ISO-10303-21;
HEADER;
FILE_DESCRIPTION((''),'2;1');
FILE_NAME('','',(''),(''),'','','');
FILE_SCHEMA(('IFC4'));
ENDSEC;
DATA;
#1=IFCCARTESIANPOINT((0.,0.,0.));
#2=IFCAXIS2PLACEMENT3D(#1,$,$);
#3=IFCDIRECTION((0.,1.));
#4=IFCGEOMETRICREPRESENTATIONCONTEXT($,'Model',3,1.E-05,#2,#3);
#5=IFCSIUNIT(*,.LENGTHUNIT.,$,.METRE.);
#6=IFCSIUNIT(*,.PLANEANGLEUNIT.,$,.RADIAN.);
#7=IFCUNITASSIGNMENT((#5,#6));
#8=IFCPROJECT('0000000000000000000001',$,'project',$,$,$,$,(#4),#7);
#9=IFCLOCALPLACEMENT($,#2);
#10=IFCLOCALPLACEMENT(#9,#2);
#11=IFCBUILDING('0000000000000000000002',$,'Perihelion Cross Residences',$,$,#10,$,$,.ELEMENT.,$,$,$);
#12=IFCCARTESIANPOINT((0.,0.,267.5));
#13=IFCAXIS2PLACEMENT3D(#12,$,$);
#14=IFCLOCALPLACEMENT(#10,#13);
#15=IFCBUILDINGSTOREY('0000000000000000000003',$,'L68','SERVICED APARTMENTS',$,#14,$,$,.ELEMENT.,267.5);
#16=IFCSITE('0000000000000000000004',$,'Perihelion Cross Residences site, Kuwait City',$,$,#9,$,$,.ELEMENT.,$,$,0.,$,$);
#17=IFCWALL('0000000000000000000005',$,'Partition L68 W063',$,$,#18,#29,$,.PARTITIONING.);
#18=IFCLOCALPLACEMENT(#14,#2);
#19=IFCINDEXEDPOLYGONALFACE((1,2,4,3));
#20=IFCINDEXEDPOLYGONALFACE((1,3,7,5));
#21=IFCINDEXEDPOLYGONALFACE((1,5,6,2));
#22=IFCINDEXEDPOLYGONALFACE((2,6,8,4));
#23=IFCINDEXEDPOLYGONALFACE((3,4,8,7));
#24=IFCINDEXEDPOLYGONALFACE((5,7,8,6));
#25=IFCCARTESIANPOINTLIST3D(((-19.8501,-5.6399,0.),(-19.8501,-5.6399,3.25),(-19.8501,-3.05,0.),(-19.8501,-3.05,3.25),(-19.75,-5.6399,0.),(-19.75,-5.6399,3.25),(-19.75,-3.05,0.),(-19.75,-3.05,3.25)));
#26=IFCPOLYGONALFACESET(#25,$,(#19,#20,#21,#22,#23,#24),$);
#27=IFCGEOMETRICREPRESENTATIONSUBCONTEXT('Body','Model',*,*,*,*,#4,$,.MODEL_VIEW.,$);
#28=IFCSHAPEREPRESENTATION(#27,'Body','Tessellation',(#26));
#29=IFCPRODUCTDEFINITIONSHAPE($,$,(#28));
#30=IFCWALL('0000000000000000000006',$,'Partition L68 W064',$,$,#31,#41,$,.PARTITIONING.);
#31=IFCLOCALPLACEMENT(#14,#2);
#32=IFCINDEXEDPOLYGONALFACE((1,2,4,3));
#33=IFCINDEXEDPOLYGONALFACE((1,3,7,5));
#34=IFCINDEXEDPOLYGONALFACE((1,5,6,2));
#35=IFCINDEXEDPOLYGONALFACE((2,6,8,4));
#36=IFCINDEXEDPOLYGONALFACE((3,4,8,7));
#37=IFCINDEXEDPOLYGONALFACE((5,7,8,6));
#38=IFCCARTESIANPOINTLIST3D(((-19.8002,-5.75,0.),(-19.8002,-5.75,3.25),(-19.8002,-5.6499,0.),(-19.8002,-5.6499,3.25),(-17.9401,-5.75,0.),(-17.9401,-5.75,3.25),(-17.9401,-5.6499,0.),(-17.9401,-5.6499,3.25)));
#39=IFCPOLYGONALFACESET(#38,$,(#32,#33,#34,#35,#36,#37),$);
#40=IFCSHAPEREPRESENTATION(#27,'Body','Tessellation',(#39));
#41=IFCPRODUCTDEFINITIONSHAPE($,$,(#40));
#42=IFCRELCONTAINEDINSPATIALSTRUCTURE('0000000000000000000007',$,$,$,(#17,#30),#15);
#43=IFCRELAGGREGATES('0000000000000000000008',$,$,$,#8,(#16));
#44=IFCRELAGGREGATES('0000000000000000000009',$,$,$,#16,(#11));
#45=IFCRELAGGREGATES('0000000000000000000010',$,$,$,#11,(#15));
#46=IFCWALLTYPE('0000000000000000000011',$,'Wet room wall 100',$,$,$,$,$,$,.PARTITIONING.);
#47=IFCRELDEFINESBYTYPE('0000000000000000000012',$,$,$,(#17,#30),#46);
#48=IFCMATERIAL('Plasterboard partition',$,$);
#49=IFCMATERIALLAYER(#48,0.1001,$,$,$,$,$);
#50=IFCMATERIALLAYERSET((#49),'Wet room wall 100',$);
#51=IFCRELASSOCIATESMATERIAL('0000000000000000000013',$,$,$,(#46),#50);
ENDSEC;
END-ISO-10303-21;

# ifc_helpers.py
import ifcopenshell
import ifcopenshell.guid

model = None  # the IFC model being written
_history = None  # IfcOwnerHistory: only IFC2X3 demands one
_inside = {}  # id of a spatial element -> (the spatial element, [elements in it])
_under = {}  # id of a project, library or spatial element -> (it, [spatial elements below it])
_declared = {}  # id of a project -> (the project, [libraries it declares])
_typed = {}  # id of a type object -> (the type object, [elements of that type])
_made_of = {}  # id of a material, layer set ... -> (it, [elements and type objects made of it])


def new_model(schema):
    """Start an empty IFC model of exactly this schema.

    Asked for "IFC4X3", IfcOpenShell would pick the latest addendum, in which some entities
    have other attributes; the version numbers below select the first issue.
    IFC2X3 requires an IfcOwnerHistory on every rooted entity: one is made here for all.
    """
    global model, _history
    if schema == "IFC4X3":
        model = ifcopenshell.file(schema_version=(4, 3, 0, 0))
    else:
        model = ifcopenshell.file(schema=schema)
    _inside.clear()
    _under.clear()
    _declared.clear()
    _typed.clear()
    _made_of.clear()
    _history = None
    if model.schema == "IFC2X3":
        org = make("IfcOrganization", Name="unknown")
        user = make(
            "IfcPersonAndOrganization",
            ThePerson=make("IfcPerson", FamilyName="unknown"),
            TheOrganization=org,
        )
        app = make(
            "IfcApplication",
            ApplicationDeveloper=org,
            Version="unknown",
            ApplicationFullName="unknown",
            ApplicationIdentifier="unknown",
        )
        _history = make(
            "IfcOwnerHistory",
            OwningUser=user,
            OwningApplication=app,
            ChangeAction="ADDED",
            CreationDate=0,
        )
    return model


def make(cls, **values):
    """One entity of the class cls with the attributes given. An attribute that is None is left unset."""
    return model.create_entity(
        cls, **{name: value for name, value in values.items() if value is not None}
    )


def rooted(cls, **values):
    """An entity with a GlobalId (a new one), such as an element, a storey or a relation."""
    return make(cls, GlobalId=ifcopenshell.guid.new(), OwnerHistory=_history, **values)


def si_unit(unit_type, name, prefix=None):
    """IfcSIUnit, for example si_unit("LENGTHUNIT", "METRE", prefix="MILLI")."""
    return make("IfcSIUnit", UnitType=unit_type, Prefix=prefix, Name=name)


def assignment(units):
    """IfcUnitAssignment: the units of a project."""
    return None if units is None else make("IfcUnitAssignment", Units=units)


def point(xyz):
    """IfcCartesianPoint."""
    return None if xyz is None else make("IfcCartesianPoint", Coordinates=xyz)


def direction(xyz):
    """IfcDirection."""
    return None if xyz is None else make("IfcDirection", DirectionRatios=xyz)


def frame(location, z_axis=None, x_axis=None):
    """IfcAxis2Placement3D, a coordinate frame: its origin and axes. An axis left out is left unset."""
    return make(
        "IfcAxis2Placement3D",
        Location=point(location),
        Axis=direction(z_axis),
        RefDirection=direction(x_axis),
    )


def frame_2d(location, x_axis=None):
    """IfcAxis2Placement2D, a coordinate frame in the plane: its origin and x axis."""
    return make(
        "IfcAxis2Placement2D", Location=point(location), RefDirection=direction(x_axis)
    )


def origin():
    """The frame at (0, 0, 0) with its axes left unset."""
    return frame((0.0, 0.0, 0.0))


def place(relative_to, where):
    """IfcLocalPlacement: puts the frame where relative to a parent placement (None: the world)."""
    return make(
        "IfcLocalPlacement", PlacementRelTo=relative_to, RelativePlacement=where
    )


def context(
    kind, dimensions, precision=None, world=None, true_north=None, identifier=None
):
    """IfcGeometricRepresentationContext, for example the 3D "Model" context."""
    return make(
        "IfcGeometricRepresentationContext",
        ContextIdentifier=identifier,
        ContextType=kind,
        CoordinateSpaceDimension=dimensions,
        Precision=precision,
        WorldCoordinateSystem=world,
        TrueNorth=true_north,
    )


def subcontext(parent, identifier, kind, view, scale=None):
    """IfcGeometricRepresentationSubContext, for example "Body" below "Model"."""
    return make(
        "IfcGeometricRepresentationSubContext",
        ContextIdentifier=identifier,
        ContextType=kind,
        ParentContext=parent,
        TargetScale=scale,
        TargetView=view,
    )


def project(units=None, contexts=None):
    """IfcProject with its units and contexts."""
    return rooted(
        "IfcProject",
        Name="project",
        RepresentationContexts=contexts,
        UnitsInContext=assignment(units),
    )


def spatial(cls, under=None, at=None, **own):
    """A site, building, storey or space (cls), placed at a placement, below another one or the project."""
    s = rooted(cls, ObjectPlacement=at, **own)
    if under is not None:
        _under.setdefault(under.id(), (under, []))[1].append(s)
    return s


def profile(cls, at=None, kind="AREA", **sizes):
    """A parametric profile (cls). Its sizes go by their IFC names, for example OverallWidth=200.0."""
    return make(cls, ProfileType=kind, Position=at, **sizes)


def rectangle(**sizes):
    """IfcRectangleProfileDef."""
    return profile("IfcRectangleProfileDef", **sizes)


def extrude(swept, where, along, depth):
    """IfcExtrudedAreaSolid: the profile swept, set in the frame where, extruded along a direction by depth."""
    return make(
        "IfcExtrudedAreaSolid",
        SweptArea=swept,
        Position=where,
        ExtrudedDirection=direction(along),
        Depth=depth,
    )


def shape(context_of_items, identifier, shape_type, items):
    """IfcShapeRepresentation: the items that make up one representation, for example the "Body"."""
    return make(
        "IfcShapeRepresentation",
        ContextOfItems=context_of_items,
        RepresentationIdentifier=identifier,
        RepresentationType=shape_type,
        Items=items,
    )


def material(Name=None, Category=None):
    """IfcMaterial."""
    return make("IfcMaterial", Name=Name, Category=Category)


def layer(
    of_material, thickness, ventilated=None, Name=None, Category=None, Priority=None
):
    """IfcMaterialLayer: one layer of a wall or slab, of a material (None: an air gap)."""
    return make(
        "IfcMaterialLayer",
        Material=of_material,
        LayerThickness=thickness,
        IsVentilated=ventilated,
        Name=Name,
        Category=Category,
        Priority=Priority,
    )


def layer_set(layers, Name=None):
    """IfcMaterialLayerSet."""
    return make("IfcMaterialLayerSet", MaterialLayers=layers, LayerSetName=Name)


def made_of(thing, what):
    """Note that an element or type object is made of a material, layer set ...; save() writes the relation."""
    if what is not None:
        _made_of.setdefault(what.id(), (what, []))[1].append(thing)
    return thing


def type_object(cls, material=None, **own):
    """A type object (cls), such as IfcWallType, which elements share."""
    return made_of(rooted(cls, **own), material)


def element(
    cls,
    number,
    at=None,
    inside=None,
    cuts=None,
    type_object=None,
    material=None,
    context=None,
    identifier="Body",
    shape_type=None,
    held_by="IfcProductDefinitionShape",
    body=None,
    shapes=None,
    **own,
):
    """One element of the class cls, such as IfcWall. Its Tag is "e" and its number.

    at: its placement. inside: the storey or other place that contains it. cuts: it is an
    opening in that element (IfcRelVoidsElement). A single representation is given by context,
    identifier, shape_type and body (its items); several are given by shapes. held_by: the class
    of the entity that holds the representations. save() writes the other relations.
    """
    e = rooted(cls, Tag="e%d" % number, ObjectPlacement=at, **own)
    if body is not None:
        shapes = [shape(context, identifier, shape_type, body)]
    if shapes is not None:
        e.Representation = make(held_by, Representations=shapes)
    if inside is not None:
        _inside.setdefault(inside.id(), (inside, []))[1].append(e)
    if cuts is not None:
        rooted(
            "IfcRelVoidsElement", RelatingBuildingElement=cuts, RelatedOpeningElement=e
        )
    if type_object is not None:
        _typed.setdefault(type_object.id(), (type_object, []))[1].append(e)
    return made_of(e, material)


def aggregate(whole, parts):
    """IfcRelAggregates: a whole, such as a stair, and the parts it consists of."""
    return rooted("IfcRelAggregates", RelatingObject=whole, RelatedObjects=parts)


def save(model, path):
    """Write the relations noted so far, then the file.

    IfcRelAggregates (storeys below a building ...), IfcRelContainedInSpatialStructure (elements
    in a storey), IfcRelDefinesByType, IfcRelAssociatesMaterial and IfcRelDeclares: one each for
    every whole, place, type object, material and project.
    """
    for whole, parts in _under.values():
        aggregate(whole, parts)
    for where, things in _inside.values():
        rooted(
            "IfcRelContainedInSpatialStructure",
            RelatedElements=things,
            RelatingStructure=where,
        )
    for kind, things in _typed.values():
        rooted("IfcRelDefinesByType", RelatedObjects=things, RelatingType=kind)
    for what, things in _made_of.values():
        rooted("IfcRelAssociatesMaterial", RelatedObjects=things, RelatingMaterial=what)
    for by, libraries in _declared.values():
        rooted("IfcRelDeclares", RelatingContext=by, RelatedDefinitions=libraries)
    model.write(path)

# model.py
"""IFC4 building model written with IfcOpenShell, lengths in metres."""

from ifc_helpers import new_model, si_unit, direction, frame, frame_2d, origin, place, context, subcontext, project, spatial, rectangle, extrude, material, layer, layer_set, type_object, element, save


model = new_model("IFC4")

# Units and contexts
model_context = context("Model", 3, precision=1e-05, world=origin(), true_north=direction((0.0, 1.0)))
body_context = subcontext(model_context, "Body", "Model", "MODEL_VIEW")
ifc_project = project(units=[si_unit("LENGTHUNIT", "METRE"), si_unit("PLANEANGLEUNIT", "RADIAN")], contexts=[model_context])

# Site, building, storey
site_placement = place(None, origin())
site = spatial("IfcSite", under=ifc_project, at=site_placement, Name="Perihelion Cross Residences site, Kuwait City", CompositionType="ELEMENT", RefElevation=0.0)
building_placement = place(site_placement, origin())
building = spatial("IfcBuilding", under=site, at=building_placement, Name="Perihelion Cross Residences", CompositionType="ELEMENT")
storey_placement = place(building_placement, frame((0.0, 0.0, 267.5)))
storey = spatial("IfcBuildingStorey", under=building, at=storey_placement, Name="L68", Description="SERVICED APARTMENTS", CompositionType="ELEMENT", Elevation=267.5)

# Shared definitions
ifc_material_1 = material(Name="Plasterboard partition")
ifc_layer_1 = layer(ifc_material_1, 0.1001)
ifc_layer_set_1 = layer_set([ifc_layer_1], Name="Wet room wall 100")
wall_type_1 = type_object("IfcWallType", Name="Wet room wall 100", PredefinedType="PARTITIONING", material=ifc_layer_set_1)

# Walls
wall_1_placement = place(storey_placement, frame((-19.8, -5.6399, 0.0), z_axis=(0.0, 0.0, 1.0), x_axis=(0.0, 1.0, 0.0)))
element("IfcWall", 1, at=wall_1_placement, inside=storey, type_object=wall_type_1, Name="Partition L68 W063", PredefinedType="PARTITIONING", context=body_context, shape_type="SweptSolid", body=[
    extrude(rectangle(XDim=2.5898, YDim=0.1001, at=frame_2d((1.2949, 0.0))), origin(), (0.0, 0.0, 1.0), 3.25),
])
wall_2_placement = place(storey_placement, frame((-17.9399, -5.7, 0.0), z_axis=(0.0, 0.0, 1.0), x_axis=(-1.0, 0.0, 0.0)))
element("IfcWall", 2, at=wall_2_placement, inside=storey, type_object=wall_type_1, Name="Partition L68 W064", PredefinedType="PARTITIONING", context=body_context, shape_type="SweptSolid", body=[
    extrude(rectangle(XDim=1.8601, YDim=0.1001, at=frame_2d((0.9302, 0.0))), origin(), (0.0, 0.0, 1.0), 3.25),
])

save(model, "model.ifc")
